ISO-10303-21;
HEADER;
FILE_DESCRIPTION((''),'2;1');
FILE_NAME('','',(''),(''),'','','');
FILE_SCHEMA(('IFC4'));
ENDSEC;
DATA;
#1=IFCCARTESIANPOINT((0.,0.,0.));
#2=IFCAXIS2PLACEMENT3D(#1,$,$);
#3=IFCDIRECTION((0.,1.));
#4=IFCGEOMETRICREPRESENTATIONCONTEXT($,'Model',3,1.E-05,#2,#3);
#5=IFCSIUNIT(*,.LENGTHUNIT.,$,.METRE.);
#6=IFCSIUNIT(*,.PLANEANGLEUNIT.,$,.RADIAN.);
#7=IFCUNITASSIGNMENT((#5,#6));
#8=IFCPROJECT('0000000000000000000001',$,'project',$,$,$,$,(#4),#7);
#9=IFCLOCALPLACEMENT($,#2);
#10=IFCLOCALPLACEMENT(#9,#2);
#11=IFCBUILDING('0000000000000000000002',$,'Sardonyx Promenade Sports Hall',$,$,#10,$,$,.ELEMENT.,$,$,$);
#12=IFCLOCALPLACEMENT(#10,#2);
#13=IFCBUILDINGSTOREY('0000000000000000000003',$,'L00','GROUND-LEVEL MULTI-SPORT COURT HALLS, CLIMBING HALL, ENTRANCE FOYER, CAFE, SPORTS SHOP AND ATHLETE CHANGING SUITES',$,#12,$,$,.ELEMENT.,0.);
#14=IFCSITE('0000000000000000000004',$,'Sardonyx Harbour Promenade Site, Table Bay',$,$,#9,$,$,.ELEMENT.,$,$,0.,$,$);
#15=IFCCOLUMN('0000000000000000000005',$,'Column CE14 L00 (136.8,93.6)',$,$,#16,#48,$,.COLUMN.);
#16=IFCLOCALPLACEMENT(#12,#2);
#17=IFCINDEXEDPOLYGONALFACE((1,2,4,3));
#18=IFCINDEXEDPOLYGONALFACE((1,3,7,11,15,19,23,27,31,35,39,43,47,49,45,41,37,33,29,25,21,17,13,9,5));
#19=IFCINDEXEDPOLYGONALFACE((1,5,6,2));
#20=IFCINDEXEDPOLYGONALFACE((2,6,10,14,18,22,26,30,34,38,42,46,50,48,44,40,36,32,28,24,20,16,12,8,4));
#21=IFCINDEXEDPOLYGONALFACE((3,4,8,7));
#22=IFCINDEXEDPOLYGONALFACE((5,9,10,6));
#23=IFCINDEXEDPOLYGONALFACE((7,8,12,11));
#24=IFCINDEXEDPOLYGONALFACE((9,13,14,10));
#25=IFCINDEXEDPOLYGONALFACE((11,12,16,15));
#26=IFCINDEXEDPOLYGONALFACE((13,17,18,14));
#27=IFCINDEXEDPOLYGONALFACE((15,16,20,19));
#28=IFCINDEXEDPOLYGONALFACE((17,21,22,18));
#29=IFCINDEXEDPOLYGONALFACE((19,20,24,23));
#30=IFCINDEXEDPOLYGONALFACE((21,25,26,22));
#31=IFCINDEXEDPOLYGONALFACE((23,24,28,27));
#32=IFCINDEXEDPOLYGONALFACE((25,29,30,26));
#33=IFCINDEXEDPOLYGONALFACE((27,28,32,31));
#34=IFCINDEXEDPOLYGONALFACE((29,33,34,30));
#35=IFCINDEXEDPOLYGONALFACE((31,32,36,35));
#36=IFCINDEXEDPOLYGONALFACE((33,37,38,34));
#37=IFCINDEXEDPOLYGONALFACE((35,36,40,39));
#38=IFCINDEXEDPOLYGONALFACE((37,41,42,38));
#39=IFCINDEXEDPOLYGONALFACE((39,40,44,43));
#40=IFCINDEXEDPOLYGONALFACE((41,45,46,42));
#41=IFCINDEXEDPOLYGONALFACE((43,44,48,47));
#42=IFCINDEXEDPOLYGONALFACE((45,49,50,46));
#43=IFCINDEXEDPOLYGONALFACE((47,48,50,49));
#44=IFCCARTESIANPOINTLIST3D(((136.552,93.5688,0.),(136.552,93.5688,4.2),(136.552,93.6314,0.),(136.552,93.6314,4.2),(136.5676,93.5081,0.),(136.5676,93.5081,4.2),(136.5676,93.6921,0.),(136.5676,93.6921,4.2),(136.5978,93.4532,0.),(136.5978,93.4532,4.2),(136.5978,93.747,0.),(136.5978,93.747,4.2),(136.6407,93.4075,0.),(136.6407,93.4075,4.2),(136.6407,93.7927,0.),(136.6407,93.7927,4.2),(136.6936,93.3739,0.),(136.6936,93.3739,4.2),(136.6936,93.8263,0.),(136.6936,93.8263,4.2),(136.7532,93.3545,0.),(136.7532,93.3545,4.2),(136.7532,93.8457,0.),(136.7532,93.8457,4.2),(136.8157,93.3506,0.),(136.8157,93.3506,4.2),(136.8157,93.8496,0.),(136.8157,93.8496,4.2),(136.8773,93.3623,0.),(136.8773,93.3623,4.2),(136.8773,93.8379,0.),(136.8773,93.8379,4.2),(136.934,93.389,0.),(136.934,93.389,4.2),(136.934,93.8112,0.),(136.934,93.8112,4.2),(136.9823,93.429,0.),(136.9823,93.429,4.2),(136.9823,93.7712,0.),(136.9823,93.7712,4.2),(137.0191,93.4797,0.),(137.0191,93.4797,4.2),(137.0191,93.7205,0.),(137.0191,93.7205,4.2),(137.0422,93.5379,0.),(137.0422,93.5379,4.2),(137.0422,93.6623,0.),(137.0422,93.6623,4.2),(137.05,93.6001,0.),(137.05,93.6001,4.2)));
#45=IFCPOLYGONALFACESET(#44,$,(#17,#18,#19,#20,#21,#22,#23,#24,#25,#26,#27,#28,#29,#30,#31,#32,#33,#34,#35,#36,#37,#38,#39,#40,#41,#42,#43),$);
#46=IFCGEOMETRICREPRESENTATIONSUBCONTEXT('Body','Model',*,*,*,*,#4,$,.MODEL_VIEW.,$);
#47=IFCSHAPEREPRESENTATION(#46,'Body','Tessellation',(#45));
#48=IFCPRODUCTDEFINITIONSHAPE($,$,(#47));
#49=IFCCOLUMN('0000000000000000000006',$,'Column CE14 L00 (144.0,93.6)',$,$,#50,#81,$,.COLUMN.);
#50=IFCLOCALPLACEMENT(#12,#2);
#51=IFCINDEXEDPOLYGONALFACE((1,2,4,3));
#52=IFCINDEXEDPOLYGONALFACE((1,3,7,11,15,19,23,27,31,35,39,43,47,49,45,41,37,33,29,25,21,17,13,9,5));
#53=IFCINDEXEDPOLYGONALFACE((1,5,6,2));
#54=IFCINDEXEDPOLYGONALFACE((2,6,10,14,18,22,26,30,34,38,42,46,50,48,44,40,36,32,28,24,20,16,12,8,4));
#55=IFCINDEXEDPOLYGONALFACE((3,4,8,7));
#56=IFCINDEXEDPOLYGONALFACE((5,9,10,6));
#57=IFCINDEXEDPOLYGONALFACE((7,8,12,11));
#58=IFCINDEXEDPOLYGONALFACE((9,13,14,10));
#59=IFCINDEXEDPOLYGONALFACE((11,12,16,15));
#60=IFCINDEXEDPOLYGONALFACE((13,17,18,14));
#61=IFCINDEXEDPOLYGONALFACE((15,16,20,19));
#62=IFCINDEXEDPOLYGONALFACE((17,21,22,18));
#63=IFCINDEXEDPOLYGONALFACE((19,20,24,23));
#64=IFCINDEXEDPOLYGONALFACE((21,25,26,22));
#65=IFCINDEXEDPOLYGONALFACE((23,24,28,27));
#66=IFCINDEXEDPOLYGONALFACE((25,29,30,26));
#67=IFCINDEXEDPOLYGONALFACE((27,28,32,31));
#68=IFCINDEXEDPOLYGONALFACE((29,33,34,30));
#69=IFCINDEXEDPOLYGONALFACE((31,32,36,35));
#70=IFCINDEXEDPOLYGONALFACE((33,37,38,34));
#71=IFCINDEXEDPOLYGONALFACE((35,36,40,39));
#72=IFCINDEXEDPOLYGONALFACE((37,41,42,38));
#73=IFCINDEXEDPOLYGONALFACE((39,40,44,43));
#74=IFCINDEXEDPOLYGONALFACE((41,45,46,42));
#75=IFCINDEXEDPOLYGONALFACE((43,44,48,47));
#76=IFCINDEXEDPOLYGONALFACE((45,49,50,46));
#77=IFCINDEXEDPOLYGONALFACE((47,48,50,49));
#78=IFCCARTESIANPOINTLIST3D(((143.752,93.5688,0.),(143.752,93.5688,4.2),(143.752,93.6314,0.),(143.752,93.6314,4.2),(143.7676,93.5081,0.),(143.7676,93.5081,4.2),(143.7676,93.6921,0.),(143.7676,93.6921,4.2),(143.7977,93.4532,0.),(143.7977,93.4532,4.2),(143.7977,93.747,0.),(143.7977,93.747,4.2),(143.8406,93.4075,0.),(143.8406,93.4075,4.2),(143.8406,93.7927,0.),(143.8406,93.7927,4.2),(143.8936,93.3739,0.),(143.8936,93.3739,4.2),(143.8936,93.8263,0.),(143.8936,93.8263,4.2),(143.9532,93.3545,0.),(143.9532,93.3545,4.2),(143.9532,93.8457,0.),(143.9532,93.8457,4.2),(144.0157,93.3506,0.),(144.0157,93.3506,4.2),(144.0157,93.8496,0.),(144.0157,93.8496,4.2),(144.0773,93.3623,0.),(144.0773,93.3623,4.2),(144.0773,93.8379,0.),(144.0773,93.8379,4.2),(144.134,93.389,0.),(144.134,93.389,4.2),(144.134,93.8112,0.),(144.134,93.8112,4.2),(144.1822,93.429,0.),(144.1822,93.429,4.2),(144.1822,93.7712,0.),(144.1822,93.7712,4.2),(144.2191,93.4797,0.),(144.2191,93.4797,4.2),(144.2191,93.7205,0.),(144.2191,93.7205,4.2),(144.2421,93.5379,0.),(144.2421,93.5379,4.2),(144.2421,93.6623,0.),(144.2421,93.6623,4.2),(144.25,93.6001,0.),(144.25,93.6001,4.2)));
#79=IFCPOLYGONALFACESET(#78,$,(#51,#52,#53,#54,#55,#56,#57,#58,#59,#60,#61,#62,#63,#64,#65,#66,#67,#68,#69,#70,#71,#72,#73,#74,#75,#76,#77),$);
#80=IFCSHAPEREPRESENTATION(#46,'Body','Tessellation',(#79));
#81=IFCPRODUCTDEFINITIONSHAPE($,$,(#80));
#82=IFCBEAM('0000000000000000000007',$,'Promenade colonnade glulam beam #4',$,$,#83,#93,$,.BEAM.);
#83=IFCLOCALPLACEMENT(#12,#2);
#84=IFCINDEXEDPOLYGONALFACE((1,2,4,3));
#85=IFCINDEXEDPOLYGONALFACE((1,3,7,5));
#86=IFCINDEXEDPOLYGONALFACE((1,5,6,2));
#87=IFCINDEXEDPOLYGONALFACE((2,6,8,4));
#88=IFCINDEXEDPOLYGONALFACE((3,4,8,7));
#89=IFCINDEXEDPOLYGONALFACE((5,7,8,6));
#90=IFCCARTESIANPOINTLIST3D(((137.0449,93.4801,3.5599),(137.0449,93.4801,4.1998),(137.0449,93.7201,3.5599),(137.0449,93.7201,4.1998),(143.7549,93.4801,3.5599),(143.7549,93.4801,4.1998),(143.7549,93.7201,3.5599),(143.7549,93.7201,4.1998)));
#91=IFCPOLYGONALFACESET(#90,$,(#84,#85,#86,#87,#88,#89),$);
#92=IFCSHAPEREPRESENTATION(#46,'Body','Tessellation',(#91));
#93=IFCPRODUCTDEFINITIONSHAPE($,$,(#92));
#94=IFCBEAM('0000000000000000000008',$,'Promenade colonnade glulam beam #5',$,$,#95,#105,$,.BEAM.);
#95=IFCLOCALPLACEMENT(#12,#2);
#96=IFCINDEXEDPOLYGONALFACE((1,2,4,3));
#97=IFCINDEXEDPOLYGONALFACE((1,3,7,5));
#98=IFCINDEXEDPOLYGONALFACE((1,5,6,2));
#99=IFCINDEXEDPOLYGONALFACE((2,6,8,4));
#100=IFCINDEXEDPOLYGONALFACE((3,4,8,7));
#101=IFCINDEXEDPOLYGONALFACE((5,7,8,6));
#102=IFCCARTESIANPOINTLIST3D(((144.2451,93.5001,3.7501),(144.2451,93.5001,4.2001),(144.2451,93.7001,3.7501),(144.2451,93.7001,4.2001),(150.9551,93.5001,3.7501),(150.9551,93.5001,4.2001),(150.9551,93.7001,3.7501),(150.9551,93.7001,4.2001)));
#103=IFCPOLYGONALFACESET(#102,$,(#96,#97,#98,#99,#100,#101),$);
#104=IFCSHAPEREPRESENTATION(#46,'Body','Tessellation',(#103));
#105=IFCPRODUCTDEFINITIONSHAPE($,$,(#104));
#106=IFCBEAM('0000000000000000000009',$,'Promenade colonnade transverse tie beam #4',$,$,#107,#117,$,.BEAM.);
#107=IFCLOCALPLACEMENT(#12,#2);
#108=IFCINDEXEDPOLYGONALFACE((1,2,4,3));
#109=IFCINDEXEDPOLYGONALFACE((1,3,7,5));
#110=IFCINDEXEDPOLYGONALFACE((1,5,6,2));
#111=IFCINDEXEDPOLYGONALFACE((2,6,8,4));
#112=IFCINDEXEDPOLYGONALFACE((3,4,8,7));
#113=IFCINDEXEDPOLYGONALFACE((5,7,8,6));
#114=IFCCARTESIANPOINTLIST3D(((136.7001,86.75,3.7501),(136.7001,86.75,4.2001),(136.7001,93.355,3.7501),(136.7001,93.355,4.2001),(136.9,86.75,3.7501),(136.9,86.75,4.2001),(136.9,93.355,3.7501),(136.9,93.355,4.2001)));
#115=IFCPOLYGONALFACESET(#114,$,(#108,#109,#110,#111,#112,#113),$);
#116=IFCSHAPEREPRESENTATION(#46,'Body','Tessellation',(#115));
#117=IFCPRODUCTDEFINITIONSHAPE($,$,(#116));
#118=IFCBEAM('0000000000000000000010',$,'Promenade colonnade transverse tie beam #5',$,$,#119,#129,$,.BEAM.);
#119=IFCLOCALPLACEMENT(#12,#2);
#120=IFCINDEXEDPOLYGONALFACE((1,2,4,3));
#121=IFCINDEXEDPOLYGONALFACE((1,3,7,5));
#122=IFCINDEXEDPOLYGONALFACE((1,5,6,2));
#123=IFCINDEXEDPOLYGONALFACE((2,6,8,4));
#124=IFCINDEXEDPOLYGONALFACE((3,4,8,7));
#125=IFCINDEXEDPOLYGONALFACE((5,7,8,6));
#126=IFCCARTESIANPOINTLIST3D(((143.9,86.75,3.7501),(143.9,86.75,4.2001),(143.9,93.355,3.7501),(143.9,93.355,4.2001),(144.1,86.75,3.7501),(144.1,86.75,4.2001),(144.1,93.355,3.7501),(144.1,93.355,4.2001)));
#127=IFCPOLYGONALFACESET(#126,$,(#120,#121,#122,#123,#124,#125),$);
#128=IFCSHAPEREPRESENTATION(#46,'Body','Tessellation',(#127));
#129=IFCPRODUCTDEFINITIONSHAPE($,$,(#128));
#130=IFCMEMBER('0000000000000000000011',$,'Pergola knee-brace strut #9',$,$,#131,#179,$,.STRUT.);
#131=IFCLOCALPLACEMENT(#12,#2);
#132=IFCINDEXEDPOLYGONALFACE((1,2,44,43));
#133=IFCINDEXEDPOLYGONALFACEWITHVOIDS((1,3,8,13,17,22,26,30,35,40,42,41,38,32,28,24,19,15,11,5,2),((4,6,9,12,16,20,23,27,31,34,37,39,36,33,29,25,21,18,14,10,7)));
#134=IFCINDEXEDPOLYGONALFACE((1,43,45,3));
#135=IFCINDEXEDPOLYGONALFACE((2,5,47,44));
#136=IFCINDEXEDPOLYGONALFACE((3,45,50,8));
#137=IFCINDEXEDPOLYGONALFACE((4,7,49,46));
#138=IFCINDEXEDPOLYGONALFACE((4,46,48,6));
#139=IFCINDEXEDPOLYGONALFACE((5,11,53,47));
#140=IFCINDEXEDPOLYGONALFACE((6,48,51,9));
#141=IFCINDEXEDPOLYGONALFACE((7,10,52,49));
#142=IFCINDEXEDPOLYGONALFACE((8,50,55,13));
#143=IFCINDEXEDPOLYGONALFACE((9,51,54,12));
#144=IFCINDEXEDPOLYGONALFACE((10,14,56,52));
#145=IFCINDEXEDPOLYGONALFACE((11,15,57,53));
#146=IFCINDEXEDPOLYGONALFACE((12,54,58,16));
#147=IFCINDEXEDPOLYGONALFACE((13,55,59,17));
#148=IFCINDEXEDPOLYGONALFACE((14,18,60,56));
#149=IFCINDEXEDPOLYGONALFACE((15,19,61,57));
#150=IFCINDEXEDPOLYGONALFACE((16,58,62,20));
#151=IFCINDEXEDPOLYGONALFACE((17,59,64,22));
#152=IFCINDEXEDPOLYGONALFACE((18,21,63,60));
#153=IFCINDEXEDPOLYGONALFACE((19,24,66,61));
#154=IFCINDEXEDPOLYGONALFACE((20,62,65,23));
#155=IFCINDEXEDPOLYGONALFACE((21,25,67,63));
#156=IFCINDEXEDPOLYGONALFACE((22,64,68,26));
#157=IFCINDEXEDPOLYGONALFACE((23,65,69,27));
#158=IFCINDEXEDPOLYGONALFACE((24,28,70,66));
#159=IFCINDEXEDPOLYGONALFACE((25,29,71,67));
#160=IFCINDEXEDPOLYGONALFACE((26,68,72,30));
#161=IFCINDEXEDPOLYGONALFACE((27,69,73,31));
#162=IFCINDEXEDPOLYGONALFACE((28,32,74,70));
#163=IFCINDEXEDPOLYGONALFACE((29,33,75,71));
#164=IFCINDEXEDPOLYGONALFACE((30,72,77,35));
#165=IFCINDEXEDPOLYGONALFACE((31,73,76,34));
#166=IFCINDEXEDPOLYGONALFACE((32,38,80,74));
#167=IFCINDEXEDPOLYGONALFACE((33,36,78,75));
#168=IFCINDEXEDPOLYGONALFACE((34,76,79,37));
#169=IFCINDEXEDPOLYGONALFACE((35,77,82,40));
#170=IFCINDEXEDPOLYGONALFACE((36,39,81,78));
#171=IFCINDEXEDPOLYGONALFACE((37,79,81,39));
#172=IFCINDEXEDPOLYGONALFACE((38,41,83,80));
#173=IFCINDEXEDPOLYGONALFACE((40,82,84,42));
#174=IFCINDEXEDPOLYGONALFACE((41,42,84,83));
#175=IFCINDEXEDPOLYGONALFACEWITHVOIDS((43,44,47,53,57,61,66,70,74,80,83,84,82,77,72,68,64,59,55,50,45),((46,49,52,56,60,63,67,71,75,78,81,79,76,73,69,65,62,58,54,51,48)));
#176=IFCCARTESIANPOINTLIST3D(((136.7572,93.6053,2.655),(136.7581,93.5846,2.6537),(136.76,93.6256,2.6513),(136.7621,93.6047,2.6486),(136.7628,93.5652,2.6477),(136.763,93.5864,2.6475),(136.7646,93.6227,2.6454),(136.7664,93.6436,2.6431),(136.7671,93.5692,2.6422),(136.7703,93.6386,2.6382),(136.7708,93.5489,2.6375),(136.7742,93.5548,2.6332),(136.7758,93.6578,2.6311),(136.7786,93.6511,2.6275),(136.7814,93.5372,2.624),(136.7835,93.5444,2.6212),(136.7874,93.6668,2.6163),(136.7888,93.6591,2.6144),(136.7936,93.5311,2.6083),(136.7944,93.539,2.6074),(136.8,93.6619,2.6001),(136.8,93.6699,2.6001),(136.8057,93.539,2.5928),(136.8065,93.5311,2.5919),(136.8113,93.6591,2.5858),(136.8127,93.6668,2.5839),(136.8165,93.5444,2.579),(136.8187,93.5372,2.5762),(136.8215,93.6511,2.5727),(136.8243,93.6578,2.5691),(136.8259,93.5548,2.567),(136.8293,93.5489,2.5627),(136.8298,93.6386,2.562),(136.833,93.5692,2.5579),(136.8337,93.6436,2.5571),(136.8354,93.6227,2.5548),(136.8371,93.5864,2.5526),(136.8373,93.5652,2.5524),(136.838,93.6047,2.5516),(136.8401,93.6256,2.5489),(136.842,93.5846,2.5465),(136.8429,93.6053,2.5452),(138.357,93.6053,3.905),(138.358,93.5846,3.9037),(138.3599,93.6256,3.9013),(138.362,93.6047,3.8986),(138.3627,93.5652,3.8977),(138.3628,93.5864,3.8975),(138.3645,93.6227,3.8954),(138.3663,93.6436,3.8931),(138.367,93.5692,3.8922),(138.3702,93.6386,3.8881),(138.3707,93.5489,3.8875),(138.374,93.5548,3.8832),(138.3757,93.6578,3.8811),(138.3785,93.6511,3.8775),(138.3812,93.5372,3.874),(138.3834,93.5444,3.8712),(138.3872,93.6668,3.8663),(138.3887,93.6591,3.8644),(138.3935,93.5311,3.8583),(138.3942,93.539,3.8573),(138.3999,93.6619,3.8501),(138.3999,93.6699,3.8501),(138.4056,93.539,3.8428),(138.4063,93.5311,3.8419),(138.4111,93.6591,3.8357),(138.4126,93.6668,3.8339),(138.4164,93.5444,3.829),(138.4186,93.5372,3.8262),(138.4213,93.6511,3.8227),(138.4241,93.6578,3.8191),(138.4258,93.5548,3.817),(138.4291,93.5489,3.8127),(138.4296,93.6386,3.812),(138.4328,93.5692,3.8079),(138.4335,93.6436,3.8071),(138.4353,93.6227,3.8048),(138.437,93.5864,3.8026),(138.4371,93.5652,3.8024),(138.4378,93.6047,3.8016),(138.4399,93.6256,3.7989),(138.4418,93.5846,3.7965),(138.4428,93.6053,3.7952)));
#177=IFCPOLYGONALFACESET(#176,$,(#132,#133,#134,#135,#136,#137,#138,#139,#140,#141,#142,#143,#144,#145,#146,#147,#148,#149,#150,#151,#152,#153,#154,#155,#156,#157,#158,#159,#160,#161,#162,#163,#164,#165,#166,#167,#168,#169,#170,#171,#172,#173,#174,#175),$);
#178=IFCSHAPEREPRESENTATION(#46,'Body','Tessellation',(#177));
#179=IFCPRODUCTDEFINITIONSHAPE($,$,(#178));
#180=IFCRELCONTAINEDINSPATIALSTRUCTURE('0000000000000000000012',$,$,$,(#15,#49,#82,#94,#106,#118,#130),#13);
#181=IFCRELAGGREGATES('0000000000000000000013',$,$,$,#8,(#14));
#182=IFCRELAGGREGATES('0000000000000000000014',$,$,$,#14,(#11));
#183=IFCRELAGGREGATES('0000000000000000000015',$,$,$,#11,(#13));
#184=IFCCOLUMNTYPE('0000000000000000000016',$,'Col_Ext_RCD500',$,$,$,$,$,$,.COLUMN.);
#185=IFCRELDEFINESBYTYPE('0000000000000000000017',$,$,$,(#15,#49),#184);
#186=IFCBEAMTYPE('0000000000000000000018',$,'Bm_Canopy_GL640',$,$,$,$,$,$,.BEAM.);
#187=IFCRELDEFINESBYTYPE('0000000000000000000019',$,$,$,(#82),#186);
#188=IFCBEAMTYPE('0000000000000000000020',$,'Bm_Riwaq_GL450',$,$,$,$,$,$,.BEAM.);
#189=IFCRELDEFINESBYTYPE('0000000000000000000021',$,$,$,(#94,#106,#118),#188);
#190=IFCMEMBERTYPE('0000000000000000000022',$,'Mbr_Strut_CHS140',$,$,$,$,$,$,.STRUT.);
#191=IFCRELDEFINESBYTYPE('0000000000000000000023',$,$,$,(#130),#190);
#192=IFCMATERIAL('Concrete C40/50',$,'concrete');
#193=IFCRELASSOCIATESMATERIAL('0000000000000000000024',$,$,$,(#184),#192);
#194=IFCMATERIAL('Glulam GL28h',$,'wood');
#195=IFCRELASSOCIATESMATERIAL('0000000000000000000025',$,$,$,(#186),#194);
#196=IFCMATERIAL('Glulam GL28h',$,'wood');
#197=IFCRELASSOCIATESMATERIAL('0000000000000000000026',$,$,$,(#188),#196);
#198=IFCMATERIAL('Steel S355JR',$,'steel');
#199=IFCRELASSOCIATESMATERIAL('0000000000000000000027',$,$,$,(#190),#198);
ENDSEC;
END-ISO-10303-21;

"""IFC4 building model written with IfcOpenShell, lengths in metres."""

from ifc_helpers import new_model, si_unit, direction, frame, origin, origin_2d, place, context, subcontext, project, spatial, rectangle, circle, hollow_circle, extrude, material, material_profile, profile_set, type_object, element, save


model = new_model("IFC4")

# Units and contexts
model_context = context("Model", 3, precision=1e-05, world=origin(), true_north=direction((0.0, 1.0)))
body_context = subcontext(model_context, "Body", "Model", "MODEL_VIEW")
ifc_project = project(units=[si_unit("LENGTHUNIT", "METRE"), si_unit("PLANEANGLEUNIT", "RADIAN")], contexts=[model_context])

# Site, building, storey
site_placement = place(None, origin())
site = spatial("IfcSite", under=ifc_project, at=site_placement, Name="Sardonyx Harbour Promenade Site, Table Bay", CompositionType="ELEMENT", RefElevation=0.0)
building_placement = place(site_placement, origin())
building = spatial("IfcBuilding", under=site, at=building_placement, Name="Sardonyx Promenade Sports Hall", CompositionType="ELEMENT")
storey_placement = place(building_placement, origin())
storey = spatial("IfcBuildingStorey", under=building, at=storey_placement, Name="L00", Description="GROUND-LEVEL MULTI-SPORT COURT HALLS, CLIMBING HALL, ENTRANCE FOYER, CAFE, SPORTS SHOP AND ATHLETE CHANGING SUITES", CompositionType="ELEMENT", Elevation=0.0)

# Columns
ifc_material_1 = material(Name="Concrete C40/50", Category="concrete")
ifc_material_profile_1 = material_profile(ifc_material_1, circle(Radius=0.25, at=origin_2d()))
ifc_profile_set_1 = profile_set([ifc_material_profile_1], Name="Concrete C40/50")
column_type = type_object("IfcColumnType", Name="Col_Ext_RCD500", PredefinedType="COLUMN", material=ifc_profile_set_1)
for number, where, z_axis, x_axis, name in (
    (1, (136.8, 93.6001, 0.0), (0.0, 0.0, 1.0), (1.0, 0.0, 0.0), "Column CE14 L00 (136.8,93.6)"),
    (2, (144.0, 93.6001, 0.0), (0.0, 0.0, 1.0), (1.0, 0.0, 0.0), "Column CE14 L00 (144.0,93.6)"),
):
    element("IfcColumn", number, at=place(storey_placement, frame(where, z_axis=z_axis, x_axis=x_axis)), inside=storey, type_object=column_type, Name=name, PredefinedType="COLUMN", context=body_context, shape_type="SweptSolid", body=[
        extrude(circle(Radius=0.25, at=origin_2d()), origin(), (0.0, 0.0, 1.0), 4.2),
    ])

# Beams
ifc_material_2 = material(Name="Glulam GL28h", Category="wood")
ifc_material_profile_2 = material_profile(ifc_material_2, rectangle(XDim=0.24, YDim=0.6399, at=origin_2d()))
ifc_profile_set_2 = profile_set([ifc_material_profile_2], Name="Glulam GL28h")
beam_type_1 = type_object("IfcBeamType", Name="Bm_Canopy_GL640", PredefinedType="BEAM", material=ifc_profile_set_2)
beam_1_placement = place(storey_placement, frame((137.0449, 93.6001, 3.8799), z_axis=(1.0, 0.0, 0.0), x_axis=(0.0, 1.0, 0.0)))
element("IfcBeam", 3, at=beam_1_placement, inside=storey, type_object=beam_type_1, Name="Promenade colonnade glulam beam #4", PredefinedType="BEAM", context=body_context, shape_type="SweptSolid", body=[
    extrude(rectangle(XDim=0.24, YDim=0.6399, at=origin_2d()), origin(), (0.0, 0.0, 1.0), 6.71),
])
ifc_material_3 = material(Name="Glulam GL28h", Category="wood")
ifc_material_profile_3 = material_profile(ifc_material_3, rectangle(XDim=0.2, YDim=0.45, at=origin_2d()))
ifc_profile_set_3 = profile_set([ifc_material_profile_3], Name="Glulam GL28h")
beam_type_2 = type_object("IfcBeamType", Name="Bm_Riwaq_GL450", PredefinedType="BEAM", material=ifc_profile_set_3)
beam_2_placement = place(storey_placement, frame((144.2451, 93.6001, 3.9751), z_axis=(1.0, 0.0, 0.0), x_axis=(0.0, 1.0, 0.0)))
element("IfcBeam", 4, at=beam_2_placement, inside=storey, type_object=beam_type_2, Name="Promenade colonnade glulam beam #5", PredefinedType="BEAM", context=body_context, shape_type="SweptSolid", body=[
    extrude(rectangle(XDim=0.2, YDim=0.45, at=origin_2d()), origin(), (0.0, 0.0, 1.0), 6.71),
])
for number, where, z_axis, x_axis, name in (
    (5, (136.8, 86.75, 3.9751), (0.0, 1.0, 0.0), (-1.0, 0.0, 0.0), "Promenade colonnade transverse tie beam #4"),
    (6, (144.0, 86.75, 3.9751), (0.0, 1.0, 0.0), (-1.0, 0.0, 0.0), "Promenade colonnade transverse tie beam #5"),
):
    element("IfcBeam", number, at=place(storey_placement, frame(where, z_axis=z_axis, x_axis=x_axis)), inside=storey, type_object=beam_type_2, Name=name, PredefinedType="BEAM", context=body_context, shape_type="SweptSolid", body=[
        extrude(rectangle(XDim=0.2, YDim=0.45, at=origin_2d()), origin(), (0.0, 0.0, 1.0), 6.605),
    ])

# Member
ifc_material_4 = material(Name="Steel S355JR", Category="steel")
ifc_material_profile_4 = material_profile(ifc_material_4, hollow_circle(Radius=0.0698, WallThickness=0.0081, at=origin_2d()))
ifc_profile_set_4 = profile_set([ifc_material_profile_4], Name="Steel S355JR")
member_type = type_object("IfcMemberType", Name="Mbr_Strut_CHS140", PredefinedType="STRUT", material=ifc_profile_set_4)
member_1_placement = place(storey_placement, frame((136.8, 93.6001, 2.6001), z_axis=(0.787997, 0.0, 0.615679), x_axis=(0.0, 1.0, 0.0)))
element("IfcMember", 7, at=member_1_placement, inside=storey, type_object=member_type, Name="Pergola knee-brace strut #9", PredefinedType="STRUT", context=body_context, shape_type="SweptSolid", body=[
    extrude(hollow_circle(Radius=0.0698, WallThickness=0.0081, at=origin_2d()), origin(), (0.0, 0.0, 1.0), 2.0303),
])

save(model, "model.ifc")
